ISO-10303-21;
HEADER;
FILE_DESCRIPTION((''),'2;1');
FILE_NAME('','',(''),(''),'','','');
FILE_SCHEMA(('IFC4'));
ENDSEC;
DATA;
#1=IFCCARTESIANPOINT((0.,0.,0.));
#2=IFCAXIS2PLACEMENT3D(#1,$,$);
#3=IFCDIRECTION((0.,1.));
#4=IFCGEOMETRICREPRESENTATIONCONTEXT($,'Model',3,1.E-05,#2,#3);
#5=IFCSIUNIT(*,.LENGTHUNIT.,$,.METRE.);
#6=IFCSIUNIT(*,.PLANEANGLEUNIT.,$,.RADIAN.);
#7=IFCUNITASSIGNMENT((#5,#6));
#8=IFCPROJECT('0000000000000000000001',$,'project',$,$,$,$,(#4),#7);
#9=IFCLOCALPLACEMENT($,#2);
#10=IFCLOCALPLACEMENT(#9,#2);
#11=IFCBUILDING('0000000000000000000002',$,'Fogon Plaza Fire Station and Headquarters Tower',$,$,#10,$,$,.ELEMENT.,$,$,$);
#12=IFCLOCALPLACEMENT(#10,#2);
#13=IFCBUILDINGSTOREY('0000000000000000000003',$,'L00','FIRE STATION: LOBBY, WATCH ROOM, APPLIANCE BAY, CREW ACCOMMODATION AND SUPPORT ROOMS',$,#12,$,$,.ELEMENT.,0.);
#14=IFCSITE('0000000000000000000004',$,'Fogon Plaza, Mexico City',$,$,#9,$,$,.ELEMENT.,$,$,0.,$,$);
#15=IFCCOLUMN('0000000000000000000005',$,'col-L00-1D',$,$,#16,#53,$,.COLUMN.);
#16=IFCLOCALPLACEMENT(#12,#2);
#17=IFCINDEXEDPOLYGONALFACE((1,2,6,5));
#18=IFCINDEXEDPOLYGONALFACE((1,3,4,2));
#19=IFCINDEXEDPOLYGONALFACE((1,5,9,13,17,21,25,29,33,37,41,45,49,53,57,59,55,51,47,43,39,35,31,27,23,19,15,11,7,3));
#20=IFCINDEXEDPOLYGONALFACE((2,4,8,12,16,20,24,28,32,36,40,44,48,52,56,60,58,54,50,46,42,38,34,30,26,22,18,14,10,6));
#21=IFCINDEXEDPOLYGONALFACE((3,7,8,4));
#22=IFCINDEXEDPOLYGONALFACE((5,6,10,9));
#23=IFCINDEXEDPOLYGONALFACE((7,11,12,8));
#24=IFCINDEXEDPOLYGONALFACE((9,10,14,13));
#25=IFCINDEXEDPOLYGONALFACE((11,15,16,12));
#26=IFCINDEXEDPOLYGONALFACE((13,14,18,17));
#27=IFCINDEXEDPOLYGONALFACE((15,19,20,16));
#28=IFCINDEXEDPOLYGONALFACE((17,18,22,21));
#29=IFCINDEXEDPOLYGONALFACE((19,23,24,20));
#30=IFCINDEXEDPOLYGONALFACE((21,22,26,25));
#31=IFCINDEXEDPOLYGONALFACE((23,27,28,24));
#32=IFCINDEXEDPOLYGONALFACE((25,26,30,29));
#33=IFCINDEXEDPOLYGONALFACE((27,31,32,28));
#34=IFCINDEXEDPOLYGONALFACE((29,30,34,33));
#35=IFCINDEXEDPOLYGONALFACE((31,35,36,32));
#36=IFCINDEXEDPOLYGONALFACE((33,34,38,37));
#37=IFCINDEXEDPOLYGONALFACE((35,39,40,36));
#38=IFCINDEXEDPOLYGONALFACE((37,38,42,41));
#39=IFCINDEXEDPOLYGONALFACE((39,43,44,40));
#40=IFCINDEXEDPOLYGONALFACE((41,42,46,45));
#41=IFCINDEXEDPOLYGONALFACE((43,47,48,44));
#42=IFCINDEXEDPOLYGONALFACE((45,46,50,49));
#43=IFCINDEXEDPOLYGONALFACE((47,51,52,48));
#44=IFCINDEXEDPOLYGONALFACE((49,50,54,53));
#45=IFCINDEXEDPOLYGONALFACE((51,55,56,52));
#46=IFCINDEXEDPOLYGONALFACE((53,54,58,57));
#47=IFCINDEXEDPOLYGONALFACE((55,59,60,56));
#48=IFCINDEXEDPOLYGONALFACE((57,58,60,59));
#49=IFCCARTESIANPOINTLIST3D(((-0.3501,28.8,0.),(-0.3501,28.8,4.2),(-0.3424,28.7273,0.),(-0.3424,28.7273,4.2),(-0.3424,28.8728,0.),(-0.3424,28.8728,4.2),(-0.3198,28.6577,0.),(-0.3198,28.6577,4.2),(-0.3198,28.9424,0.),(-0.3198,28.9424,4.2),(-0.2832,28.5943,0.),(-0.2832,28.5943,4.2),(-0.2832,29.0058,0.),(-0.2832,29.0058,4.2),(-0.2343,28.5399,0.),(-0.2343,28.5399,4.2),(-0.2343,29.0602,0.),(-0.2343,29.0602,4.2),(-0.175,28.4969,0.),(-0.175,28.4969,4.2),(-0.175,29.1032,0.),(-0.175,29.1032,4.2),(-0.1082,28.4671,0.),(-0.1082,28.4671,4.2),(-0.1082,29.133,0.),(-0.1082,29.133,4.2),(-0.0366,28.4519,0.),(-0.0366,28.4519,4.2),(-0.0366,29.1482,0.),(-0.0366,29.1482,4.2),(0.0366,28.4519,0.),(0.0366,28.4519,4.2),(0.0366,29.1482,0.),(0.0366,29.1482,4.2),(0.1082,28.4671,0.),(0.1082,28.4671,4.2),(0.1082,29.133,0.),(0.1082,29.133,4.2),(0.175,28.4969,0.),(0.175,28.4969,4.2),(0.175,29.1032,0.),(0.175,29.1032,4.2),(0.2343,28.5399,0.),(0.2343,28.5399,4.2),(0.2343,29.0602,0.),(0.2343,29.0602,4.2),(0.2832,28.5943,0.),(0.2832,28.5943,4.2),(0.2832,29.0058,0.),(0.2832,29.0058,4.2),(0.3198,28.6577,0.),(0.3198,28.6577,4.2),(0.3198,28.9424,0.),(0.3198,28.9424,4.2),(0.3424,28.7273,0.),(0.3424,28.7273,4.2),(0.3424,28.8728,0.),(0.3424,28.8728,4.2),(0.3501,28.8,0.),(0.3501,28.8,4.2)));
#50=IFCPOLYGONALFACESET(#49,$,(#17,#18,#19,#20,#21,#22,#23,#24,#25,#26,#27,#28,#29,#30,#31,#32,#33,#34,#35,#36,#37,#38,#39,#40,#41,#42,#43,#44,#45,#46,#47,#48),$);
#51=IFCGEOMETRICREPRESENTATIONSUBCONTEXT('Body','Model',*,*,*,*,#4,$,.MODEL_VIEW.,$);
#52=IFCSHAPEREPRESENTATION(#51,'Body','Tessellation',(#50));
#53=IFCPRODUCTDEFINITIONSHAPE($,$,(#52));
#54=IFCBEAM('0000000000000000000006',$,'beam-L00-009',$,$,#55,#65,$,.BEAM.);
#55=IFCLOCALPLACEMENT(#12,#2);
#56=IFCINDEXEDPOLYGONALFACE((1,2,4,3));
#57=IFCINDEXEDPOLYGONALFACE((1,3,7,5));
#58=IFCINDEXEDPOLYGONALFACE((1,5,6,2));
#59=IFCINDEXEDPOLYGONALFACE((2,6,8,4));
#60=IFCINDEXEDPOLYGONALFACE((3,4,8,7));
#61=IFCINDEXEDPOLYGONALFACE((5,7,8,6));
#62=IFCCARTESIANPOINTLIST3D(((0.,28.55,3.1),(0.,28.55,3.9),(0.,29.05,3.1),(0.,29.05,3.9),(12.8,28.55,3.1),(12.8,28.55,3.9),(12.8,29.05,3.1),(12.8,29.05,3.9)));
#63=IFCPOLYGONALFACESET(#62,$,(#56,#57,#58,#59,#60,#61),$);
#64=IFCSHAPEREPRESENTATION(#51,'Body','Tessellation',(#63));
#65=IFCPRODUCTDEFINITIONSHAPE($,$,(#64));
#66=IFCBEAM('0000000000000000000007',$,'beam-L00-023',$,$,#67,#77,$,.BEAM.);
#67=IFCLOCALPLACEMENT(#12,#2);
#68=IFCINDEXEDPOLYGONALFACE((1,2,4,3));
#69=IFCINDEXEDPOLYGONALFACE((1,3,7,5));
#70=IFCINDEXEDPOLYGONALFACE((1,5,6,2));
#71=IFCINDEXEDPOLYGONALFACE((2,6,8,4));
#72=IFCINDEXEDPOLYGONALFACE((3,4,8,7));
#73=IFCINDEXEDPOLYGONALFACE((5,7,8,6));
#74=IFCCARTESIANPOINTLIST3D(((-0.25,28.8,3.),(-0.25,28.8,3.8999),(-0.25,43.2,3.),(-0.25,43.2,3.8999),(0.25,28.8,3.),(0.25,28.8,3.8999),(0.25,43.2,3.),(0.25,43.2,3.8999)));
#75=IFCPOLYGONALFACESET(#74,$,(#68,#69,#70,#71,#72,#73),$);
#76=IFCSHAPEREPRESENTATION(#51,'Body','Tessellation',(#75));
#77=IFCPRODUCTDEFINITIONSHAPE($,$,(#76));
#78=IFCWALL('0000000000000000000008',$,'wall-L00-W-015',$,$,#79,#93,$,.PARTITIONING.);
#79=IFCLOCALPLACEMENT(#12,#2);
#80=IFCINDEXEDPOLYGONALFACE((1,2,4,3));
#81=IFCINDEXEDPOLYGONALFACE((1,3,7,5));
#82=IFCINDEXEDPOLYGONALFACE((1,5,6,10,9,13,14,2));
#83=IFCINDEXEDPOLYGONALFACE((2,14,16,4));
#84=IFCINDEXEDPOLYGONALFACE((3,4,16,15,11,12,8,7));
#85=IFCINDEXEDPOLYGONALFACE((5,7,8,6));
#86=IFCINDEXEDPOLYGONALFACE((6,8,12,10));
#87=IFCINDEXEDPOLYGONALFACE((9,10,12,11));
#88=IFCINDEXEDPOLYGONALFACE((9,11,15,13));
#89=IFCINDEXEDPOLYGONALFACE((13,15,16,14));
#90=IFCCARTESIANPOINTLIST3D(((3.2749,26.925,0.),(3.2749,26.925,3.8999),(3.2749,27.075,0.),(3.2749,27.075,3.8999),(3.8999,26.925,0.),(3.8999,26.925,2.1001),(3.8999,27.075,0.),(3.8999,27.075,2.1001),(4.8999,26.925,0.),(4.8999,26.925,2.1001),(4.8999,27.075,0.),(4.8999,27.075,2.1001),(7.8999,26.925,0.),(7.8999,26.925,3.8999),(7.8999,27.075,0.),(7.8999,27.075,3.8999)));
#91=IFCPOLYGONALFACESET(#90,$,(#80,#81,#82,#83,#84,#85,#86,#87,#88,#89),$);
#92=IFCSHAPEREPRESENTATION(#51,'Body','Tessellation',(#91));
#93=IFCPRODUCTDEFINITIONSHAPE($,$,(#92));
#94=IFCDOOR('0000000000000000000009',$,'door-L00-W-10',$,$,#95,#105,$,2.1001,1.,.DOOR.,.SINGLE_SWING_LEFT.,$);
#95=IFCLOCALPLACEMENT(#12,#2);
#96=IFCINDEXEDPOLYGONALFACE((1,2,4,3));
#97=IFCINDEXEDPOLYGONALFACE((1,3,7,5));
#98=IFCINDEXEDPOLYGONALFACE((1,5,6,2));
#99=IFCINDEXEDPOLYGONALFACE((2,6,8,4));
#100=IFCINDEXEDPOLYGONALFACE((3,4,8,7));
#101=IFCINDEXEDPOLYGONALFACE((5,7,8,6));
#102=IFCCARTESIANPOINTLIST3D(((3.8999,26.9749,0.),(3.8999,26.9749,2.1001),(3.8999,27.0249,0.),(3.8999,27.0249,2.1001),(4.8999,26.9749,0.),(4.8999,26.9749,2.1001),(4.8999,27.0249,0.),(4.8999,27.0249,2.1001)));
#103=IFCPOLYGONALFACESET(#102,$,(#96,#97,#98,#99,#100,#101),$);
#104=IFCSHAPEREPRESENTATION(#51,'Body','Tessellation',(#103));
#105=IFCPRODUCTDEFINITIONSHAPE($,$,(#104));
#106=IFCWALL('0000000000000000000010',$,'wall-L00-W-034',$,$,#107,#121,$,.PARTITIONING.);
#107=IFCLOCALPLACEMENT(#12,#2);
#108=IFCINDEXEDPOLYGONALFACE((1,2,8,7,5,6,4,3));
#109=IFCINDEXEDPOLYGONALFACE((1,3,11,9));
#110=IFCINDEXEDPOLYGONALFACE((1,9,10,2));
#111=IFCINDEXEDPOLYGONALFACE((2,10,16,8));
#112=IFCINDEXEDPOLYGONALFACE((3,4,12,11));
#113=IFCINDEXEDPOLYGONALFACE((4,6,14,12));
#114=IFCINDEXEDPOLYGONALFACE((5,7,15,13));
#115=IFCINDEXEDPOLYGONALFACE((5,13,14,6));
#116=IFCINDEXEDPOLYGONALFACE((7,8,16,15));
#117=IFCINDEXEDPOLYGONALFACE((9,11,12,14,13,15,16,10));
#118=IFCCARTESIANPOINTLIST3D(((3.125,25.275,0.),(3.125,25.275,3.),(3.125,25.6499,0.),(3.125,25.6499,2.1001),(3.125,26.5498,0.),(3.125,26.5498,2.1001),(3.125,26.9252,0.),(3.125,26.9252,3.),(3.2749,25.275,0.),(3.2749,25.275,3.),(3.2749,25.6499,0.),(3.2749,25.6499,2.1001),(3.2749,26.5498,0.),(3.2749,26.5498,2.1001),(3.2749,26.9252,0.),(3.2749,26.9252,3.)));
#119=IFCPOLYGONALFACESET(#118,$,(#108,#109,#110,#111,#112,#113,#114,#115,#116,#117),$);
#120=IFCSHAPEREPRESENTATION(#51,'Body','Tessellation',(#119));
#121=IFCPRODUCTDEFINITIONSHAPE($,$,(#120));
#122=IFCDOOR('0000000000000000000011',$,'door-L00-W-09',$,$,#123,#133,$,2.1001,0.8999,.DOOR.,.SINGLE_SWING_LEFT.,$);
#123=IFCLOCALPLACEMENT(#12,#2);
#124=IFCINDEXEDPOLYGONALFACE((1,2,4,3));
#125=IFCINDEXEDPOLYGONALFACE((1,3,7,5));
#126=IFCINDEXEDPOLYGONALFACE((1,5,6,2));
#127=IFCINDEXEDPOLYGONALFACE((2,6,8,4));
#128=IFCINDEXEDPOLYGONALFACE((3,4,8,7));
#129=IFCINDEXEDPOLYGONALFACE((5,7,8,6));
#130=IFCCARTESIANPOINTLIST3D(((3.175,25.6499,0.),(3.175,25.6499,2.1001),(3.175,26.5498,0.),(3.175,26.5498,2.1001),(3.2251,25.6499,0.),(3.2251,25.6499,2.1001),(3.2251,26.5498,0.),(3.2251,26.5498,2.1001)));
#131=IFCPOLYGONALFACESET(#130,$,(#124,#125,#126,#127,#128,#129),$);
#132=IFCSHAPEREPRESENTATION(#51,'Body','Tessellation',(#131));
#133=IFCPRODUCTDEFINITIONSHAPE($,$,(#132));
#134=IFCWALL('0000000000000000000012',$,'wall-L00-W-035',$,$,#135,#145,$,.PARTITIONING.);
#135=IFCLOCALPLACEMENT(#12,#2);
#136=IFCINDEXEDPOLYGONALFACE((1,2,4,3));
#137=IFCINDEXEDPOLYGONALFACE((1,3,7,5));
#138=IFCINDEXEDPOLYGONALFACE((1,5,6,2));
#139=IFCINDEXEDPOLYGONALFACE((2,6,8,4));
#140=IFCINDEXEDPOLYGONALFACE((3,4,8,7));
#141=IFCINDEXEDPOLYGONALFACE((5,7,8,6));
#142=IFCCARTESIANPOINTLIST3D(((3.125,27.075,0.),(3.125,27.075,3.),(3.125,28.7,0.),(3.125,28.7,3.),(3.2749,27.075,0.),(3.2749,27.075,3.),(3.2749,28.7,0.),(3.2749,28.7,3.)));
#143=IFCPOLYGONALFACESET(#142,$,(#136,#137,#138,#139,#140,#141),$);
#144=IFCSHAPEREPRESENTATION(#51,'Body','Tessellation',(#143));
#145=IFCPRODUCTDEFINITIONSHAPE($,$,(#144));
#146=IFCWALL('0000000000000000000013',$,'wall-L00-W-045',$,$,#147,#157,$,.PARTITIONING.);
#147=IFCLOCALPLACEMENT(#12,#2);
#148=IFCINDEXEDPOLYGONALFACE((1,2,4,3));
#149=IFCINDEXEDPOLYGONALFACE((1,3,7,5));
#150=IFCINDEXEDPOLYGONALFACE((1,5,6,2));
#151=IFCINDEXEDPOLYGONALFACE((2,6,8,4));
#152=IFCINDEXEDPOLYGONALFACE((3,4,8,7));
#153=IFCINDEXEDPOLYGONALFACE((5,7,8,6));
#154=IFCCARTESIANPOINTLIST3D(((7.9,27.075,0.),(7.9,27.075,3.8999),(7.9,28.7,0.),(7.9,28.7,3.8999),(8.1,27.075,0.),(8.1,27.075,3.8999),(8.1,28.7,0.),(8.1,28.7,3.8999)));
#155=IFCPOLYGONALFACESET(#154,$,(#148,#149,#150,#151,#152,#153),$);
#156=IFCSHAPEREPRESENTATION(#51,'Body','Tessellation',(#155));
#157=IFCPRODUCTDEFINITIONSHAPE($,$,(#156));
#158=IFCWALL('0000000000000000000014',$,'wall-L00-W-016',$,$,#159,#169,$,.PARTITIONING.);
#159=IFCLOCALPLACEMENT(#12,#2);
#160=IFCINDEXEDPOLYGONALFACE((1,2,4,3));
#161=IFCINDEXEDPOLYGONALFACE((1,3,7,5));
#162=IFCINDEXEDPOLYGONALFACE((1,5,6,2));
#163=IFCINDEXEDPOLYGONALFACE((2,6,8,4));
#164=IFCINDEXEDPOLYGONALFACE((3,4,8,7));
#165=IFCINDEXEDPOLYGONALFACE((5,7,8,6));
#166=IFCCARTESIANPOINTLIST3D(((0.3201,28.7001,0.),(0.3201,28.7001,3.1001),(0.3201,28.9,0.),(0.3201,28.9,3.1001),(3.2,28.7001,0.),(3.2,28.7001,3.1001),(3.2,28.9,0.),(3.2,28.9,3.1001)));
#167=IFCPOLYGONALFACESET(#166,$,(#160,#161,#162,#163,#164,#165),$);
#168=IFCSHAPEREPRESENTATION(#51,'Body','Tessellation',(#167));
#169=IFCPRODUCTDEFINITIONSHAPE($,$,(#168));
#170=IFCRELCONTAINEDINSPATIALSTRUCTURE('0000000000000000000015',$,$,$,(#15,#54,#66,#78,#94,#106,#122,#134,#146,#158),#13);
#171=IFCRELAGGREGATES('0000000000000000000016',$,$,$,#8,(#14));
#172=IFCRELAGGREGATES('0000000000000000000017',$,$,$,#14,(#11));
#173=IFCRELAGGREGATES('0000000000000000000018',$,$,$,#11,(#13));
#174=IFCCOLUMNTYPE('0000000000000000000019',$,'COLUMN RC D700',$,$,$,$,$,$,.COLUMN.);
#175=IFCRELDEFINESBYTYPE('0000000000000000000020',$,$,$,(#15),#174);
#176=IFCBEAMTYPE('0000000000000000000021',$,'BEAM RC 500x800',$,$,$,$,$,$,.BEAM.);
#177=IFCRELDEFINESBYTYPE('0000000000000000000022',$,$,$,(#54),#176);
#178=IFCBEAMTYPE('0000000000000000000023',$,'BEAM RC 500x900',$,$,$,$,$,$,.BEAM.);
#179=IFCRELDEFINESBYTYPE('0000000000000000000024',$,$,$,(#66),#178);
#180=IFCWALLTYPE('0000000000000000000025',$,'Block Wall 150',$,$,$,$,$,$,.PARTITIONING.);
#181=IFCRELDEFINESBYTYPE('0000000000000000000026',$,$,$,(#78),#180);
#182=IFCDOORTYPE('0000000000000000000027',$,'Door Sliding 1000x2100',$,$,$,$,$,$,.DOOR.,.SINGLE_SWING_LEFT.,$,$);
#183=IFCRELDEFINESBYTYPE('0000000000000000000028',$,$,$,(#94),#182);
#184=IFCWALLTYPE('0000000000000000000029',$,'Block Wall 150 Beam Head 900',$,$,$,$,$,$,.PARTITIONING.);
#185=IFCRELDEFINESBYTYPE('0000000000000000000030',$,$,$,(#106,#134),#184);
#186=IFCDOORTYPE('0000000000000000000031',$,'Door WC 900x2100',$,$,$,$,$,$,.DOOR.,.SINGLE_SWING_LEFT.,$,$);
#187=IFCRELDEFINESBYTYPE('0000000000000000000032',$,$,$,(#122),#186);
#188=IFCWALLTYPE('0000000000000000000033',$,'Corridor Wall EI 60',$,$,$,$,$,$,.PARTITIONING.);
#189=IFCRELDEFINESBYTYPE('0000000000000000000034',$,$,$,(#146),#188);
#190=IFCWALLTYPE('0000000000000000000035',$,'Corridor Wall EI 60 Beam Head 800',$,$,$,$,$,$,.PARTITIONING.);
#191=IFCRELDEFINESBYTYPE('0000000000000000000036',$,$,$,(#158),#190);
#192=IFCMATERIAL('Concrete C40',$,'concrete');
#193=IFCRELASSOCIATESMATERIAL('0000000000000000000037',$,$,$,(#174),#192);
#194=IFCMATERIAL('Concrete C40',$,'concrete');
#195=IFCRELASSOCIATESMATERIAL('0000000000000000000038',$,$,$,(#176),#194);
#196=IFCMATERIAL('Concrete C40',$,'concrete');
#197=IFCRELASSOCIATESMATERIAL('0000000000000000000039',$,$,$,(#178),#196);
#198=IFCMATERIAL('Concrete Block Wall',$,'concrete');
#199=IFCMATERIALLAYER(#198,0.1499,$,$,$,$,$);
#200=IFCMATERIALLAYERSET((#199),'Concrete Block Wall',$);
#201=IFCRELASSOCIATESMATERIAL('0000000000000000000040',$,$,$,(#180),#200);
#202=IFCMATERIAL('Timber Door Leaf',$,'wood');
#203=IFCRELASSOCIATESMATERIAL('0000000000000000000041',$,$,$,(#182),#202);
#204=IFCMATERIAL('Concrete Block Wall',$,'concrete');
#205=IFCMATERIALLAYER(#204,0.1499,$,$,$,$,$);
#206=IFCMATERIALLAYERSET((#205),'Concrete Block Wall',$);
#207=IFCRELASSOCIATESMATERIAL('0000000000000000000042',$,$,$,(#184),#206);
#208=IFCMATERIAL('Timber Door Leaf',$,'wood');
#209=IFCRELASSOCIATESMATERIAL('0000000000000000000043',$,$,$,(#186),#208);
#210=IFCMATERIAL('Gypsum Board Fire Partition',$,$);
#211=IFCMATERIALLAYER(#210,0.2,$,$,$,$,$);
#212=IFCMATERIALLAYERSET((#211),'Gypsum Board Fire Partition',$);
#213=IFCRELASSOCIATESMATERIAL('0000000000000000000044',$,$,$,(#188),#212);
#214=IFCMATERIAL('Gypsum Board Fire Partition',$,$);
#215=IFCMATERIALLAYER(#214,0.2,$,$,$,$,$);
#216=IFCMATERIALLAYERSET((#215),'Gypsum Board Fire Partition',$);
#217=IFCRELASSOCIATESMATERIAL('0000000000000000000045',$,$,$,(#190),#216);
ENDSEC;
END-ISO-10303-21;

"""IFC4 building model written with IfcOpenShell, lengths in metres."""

from ifc_helpers import new_model, si_unit, direction, frame, frame_2d, origin, origin_2d, place, context, subcontext, project, spatial, rectangle, circle, extrude, material, layer, layer_set, material_profile, profile_set, type_object, element, fill, save


model = new_model("IFC4")

# Units and contexts
model_context = context("Model", 3, precision=1e-05, world=origin(), true_north=direction((0.0, 1.0)))
body_context = subcontext(model_context, "Body", "Model", "MODEL_VIEW")
ifc_project = project(units=[si_unit("LENGTHUNIT", "METRE"), si_unit("PLANEANGLEUNIT", "RADIAN")], contexts=[model_context])

# Site, building, storey
site_placement = place(None, origin())
site = spatial("IfcSite", under=ifc_project, at=site_placement, Name="Fogon Plaza, Mexico City", CompositionType="ELEMENT", RefElevation=0.0)
building_placement = place(site_placement, origin())
building = spatial("IfcBuilding", under=site, at=building_placement, Name="Fogon Plaza Fire Station and Headquarters Tower", CompositionType="ELEMENT")
storey_placement = place(building_placement, origin())
storey = spatial("IfcBuildingStorey", under=building, at=storey_placement, Name="L00", Description="FIRE STATION: LOBBY, WATCH ROOM, APPLIANCE BAY, CREW ACCOMMODATION AND SUPPORT ROOMS", CompositionType="ELEMENT", Elevation=0.0)

# Column
ifc_material_1 = material(Name="Concrete C40", Category="concrete")
ifc_material_profile_1 = material_profile(ifc_material_1, circle(Radius=0.3501, at=origin_2d()), Name="RC D700")
ifc_profile_set_1 = profile_set([ifc_material_profile_1], Name="Concrete C40")
column_type = type_object("IfcColumnType", Name="COLUMN RC D700", PredefinedType="COLUMN", material=ifc_profile_set_1)
column_placement = place(storey_placement, frame((0.0, 28.8, 0.0), z_axis=(0.0, 0.0, 1.0), x_axis=(1.0, 0.0, 0.0)))
element("IfcColumn", 1, at=column_placement, inside=storey, type_object=column_type, Name="col-L00-1D", PredefinedType="COLUMN", context=body_context, shape_type="SweptSolid", body=[
    extrude(circle(Radius=0.3501, at=origin_2d()), origin(), (0.0, 0.0, 1.0), 4.2),
])

# Beams
ifc_material_2 = material(Name="Concrete C40", Category="concrete")
ifc_material_profile_2 = material_profile(ifc_material_2, rectangle(XDim=0.5, YDim=0.8, at=origin_2d()), Name="RC 500x800")
ifc_profile_set_2 = profile_set([ifc_material_profile_2], Name="Concrete C40")
beam_type_1 = type_object("IfcBeamType", Name="BEAM RC 500x800", PredefinedType="BEAM", material=ifc_profile_set_2)
beam_1_placement = place(storey_placement, frame((0.0, 28.8, 3.5), z_axis=(1.0, 0.0, 0.0), x_axis=(0.0, 1.0, 0.0)))
element("IfcBeam", 2, at=beam_1_placement, inside=storey, type_object=beam_type_1, Name="beam-L00-009", PredefinedType="BEAM", context=body_context, shape_type="SweptSolid", body=[
    extrude(rectangle(XDim=0.5, YDim=0.8, at=origin_2d()), origin(), (0.0, 0.0, 1.0), 12.8),
])
ifc_material_3 = material(Name="Concrete C40", Category="concrete")
ifc_material_profile_3 = material_profile(ifc_material_3, rectangle(XDim=0.5, YDim=0.8999, at=origin_2d()), Name="RC 500x900")
ifc_profile_set_3 = profile_set([ifc_material_profile_3], Name="Concrete C40")
beam_type_2 = type_object("IfcBeamType", Name="BEAM RC 500x900", PredefinedType="BEAM", material=ifc_profile_set_3)
beam_2_placement = place(storey_placement, frame((0.0, 28.8, 3.45), z_axis=(0.0, 1.0, 0.0), x_axis=(-1.0, 0.0, 0.0)))
element("IfcBeam", 3, at=beam_2_placement, inside=storey, type_object=beam_type_2, Name="beam-L00-023", PredefinedType="BEAM", context=body_context, shape_type="SweptSolid", body=[
    extrude(rectangle(XDim=0.5, YDim=0.8999, at=origin_2d()), origin(), (0.0, 0.0, 1.0), 14.3999),
])

# Walls, openings, doors
ifc_material_4 = material(Name="Concrete Block Wall", Category="concrete")
ifc_layer_1 = layer(ifc_material_4, 0.1499)
ifc_layer_set_1 = layer_set([ifc_layer_1], Name="Concrete Block Wall")
wall_type_1 = type_object("IfcWallType", Name="Block Wall 150", PredefinedType="PARTITIONING", material=ifc_layer_set_1)
wall_1_placement = place(storey_placement, frame((3.2749, 27.0, 0.0), z_axis=(0.0, 0.0, 1.0), x_axis=(1.0, 0.0, 0.0)))
wall_1 = element("IfcWall", 4, at=wall_1_placement, inside=storey, type_object=wall_type_1, Name="wall-L00-W-015", PredefinedType="PARTITIONING", context=body_context, shape_type="SweptSolid", body=[
    extrude(rectangle(XDim=4.625, YDim=0.1499, at=frame_2d((2.3125, 0.0))), origin(), (0.0, 0.0, 1.0), 3.8999),
])
opening_1_placement = place(wall_1_placement, frame((0.625, 0.0, 0.0)))
opening_1 = element("IfcOpeningElement", 5, at=opening_1_placement, cuts=wall_1, PredefinedType="OPENING", context=body_context, shape_type="SweptSolid", body=[
    extrude(rectangle(XDim=1.0, YDim=2.1001, at=frame_2d((0.5, 1.05))), frame((0.0, 0.085, 0.0), z_axis=(0.0, -1.0, 0.0), x_axis=(1.0, 0.0, 0.0)), (0.0, 0.0, 1.0), 0.1699),
])
ifc_material_5 = material(Name="Timber Door Leaf", Category="wood")
door_type_1 = type_object("IfcDoorType", Name="Door Sliding 1000x2100", OperationType="SINGLE_SWING_LEFT", PredefinedType="DOOR", material=ifc_material_5)
door_1_placement = place(opening_1_placement, origin())
door_1 = element("IfcDoor", 6, at=door_1_placement, inside=storey, type_object=door_type_1, Name="door-L00-W-10", OperationType="SINGLE_SWING_LEFT", OverallHeight=2.1001, OverallWidth=1.0, PredefinedType="DOOR", context=body_context, shape_type="SweptSolid", body=[
    extrude(rectangle(XDim=1.0, YDim=2.1001, at=frame_2d((0.5, 1.05))), frame((0.0, 0.0249, 0.0), z_axis=(0.0, -1.0, 0.0), x_axis=(1.0, 0.0, 0.0)), (0.0, 0.0, 1.0), 0.05),
])
fill(opening_1, door_1)
ifc_material_6 = material(Name="Concrete Block Wall", Category="concrete")
ifc_layer_2 = layer(ifc_material_6, 0.1499)
ifc_layer_set_2 = layer_set([ifc_layer_2], Name="Concrete Block Wall")
wall_type_2 = type_object("IfcWallType", Name="Block Wall 150 Beam Head 900", PredefinedType="PARTITIONING", material=ifc_layer_set_2)
wall_2_placement = place(storey_placement, frame((3.2, 25.2749, 0.0), z_axis=(0.0, 0.0, 1.0), x_axis=(0.0, 1.0, 0.0)))
wall_2 = element("IfcWall", 7, at=wall_2_placement, inside=storey, type_object=wall_type_2, Name="wall-L00-W-034", PredefinedType="PARTITIONING", context=body_context, shape_type="SweptSolid", body=[
    extrude(rectangle(XDim=1.6501, YDim=0.1499, at=frame_2d((0.8252, 0.0))), origin(), (0.0, 0.0, 1.0), 3.0),
])
opening_2_placement = place(wall_2_placement, frame((0.375, 0.0, 0.0)))
opening_2 = element("IfcOpeningElement", 8, at=opening_2_placement, cuts=wall_2, PredefinedType="OPENING", context=body_context, shape_type="SweptSolid", body=[
    extrude(rectangle(XDim=0.8999, YDim=2.1001, at=frame_2d((0.45, 1.05))), frame((0.0, 0.085, 0.0), z_axis=(0.0, -1.0, 0.0), x_axis=(1.0, 0.0, 0.0)), (0.0, 0.0, 1.0), 0.1699),
])
ifc_material_7 = material(Name="Timber Door Leaf", Category="wood")
door_type_2 = type_object("IfcDoorType", Name="Door WC 900x2100", OperationType="SINGLE_SWING_LEFT", PredefinedType="DOOR", material=ifc_material_7)
door_2_placement = place(opening_2_placement, origin())
door_2 = element("IfcDoor", 9, at=door_2_placement, inside=storey, type_object=door_type_2, Name="door-L00-W-09", OperationType="SINGLE_SWING_LEFT", OverallHeight=2.1001, OverallWidth=0.8999, PredefinedType="DOOR", context=body_context, shape_type="SweptSolid", body=[
    extrude(rectangle(XDim=0.8999, YDim=2.1001, at=frame_2d((0.45, 1.05))), frame((0.0, 0.0249, 0.0), z_axis=(0.0, -1.0, 0.0), x_axis=(1.0, 0.0, 0.0)), (0.0, 0.0, 1.0), 0.05),
])
fill(opening_2, door_2)

# Walls
wall_3_placement = place(storey_placement, frame((3.2, 27.075, 0.0), z_axis=(0.0, 0.0, 1.0), x_axis=(0.0, 1.0, 0.0)))
element("IfcWall", 10, at=wall_3_placement, inside=storey, type_object=wall_type_2, Name="wall-L00-W-035", PredefinedType="PARTITIONING", context=body_context, shape_type="SweptSolid", body=[
    extrude(rectangle(XDim=1.625, YDim=0.1499, at=frame_2d((0.8125, 0.0))), origin(), (0.0, 0.0, 1.0), 3.0),
])
ifc_material_8 = material(Name="Gypsum Board Fire Partition")
ifc_layer_3 = layer(ifc_material_8, 0.2)
ifc_layer_set_3 = layer_set([ifc_layer_3], Name="Gypsum Board Fire Partition")
wall_type_3 = type_object("IfcWallType", Name="Corridor Wall EI 60", PredefinedType="PARTITIONING", material=ifc_layer_set_3)
wall_4_placement = place(storey_placement, frame((8.0, 27.075, 0.0), z_axis=(0.0, 0.0, 1.0), x_axis=(0.0, 1.0, 0.0)))
element("IfcWall", 11, at=wall_4_placement, inside=storey, type_object=wall_type_3, Name="wall-L00-W-045", PredefinedType="PARTITIONING", context=body_context, shape_type="SweptSolid", body=[
    extrude(rectangle(XDim=1.625, YDim=0.2, at=frame_2d((0.8125, 0.0))), origin(), (0.0, 0.0, 1.0), 3.8999),
])
ifc_material_9 = material(Name="Gypsum Board Fire Partition")
ifc_layer_4 = layer(ifc_material_9, 0.2)
ifc_layer_set_4 = layer_set([ifc_layer_4], Name="Gypsum Board Fire Partition")
wall_type_4 = type_object("IfcWallType", Name="Corridor Wall EI 60 Beam Head 800", PredefinedType="PARTITIONING", material=ifc_layer_set_4)
wall_5_placement = place(storey_placement, frame((0.3201, 28.8, 0.0), z_axis=(0.0, 0.0, 1.0), x_axis=(1.0, 0.0, 0.0)))
element("IfcWall", 12, at=wall_5_placement, inside=storey, type_object=wall_type_4, Name="wall-L00-W-016", PredefinedType="PARTITIONING", context=body_context, shape_type="SweptSolid", body=[
    extrude(rectangle(XDim=2.8799, YDim=0.2, at=frame_2d((1.4399, 0.0))), origin(), (0.0, 0.0, 1.0), 3.1001),
])

save(model, "model.ifc")
